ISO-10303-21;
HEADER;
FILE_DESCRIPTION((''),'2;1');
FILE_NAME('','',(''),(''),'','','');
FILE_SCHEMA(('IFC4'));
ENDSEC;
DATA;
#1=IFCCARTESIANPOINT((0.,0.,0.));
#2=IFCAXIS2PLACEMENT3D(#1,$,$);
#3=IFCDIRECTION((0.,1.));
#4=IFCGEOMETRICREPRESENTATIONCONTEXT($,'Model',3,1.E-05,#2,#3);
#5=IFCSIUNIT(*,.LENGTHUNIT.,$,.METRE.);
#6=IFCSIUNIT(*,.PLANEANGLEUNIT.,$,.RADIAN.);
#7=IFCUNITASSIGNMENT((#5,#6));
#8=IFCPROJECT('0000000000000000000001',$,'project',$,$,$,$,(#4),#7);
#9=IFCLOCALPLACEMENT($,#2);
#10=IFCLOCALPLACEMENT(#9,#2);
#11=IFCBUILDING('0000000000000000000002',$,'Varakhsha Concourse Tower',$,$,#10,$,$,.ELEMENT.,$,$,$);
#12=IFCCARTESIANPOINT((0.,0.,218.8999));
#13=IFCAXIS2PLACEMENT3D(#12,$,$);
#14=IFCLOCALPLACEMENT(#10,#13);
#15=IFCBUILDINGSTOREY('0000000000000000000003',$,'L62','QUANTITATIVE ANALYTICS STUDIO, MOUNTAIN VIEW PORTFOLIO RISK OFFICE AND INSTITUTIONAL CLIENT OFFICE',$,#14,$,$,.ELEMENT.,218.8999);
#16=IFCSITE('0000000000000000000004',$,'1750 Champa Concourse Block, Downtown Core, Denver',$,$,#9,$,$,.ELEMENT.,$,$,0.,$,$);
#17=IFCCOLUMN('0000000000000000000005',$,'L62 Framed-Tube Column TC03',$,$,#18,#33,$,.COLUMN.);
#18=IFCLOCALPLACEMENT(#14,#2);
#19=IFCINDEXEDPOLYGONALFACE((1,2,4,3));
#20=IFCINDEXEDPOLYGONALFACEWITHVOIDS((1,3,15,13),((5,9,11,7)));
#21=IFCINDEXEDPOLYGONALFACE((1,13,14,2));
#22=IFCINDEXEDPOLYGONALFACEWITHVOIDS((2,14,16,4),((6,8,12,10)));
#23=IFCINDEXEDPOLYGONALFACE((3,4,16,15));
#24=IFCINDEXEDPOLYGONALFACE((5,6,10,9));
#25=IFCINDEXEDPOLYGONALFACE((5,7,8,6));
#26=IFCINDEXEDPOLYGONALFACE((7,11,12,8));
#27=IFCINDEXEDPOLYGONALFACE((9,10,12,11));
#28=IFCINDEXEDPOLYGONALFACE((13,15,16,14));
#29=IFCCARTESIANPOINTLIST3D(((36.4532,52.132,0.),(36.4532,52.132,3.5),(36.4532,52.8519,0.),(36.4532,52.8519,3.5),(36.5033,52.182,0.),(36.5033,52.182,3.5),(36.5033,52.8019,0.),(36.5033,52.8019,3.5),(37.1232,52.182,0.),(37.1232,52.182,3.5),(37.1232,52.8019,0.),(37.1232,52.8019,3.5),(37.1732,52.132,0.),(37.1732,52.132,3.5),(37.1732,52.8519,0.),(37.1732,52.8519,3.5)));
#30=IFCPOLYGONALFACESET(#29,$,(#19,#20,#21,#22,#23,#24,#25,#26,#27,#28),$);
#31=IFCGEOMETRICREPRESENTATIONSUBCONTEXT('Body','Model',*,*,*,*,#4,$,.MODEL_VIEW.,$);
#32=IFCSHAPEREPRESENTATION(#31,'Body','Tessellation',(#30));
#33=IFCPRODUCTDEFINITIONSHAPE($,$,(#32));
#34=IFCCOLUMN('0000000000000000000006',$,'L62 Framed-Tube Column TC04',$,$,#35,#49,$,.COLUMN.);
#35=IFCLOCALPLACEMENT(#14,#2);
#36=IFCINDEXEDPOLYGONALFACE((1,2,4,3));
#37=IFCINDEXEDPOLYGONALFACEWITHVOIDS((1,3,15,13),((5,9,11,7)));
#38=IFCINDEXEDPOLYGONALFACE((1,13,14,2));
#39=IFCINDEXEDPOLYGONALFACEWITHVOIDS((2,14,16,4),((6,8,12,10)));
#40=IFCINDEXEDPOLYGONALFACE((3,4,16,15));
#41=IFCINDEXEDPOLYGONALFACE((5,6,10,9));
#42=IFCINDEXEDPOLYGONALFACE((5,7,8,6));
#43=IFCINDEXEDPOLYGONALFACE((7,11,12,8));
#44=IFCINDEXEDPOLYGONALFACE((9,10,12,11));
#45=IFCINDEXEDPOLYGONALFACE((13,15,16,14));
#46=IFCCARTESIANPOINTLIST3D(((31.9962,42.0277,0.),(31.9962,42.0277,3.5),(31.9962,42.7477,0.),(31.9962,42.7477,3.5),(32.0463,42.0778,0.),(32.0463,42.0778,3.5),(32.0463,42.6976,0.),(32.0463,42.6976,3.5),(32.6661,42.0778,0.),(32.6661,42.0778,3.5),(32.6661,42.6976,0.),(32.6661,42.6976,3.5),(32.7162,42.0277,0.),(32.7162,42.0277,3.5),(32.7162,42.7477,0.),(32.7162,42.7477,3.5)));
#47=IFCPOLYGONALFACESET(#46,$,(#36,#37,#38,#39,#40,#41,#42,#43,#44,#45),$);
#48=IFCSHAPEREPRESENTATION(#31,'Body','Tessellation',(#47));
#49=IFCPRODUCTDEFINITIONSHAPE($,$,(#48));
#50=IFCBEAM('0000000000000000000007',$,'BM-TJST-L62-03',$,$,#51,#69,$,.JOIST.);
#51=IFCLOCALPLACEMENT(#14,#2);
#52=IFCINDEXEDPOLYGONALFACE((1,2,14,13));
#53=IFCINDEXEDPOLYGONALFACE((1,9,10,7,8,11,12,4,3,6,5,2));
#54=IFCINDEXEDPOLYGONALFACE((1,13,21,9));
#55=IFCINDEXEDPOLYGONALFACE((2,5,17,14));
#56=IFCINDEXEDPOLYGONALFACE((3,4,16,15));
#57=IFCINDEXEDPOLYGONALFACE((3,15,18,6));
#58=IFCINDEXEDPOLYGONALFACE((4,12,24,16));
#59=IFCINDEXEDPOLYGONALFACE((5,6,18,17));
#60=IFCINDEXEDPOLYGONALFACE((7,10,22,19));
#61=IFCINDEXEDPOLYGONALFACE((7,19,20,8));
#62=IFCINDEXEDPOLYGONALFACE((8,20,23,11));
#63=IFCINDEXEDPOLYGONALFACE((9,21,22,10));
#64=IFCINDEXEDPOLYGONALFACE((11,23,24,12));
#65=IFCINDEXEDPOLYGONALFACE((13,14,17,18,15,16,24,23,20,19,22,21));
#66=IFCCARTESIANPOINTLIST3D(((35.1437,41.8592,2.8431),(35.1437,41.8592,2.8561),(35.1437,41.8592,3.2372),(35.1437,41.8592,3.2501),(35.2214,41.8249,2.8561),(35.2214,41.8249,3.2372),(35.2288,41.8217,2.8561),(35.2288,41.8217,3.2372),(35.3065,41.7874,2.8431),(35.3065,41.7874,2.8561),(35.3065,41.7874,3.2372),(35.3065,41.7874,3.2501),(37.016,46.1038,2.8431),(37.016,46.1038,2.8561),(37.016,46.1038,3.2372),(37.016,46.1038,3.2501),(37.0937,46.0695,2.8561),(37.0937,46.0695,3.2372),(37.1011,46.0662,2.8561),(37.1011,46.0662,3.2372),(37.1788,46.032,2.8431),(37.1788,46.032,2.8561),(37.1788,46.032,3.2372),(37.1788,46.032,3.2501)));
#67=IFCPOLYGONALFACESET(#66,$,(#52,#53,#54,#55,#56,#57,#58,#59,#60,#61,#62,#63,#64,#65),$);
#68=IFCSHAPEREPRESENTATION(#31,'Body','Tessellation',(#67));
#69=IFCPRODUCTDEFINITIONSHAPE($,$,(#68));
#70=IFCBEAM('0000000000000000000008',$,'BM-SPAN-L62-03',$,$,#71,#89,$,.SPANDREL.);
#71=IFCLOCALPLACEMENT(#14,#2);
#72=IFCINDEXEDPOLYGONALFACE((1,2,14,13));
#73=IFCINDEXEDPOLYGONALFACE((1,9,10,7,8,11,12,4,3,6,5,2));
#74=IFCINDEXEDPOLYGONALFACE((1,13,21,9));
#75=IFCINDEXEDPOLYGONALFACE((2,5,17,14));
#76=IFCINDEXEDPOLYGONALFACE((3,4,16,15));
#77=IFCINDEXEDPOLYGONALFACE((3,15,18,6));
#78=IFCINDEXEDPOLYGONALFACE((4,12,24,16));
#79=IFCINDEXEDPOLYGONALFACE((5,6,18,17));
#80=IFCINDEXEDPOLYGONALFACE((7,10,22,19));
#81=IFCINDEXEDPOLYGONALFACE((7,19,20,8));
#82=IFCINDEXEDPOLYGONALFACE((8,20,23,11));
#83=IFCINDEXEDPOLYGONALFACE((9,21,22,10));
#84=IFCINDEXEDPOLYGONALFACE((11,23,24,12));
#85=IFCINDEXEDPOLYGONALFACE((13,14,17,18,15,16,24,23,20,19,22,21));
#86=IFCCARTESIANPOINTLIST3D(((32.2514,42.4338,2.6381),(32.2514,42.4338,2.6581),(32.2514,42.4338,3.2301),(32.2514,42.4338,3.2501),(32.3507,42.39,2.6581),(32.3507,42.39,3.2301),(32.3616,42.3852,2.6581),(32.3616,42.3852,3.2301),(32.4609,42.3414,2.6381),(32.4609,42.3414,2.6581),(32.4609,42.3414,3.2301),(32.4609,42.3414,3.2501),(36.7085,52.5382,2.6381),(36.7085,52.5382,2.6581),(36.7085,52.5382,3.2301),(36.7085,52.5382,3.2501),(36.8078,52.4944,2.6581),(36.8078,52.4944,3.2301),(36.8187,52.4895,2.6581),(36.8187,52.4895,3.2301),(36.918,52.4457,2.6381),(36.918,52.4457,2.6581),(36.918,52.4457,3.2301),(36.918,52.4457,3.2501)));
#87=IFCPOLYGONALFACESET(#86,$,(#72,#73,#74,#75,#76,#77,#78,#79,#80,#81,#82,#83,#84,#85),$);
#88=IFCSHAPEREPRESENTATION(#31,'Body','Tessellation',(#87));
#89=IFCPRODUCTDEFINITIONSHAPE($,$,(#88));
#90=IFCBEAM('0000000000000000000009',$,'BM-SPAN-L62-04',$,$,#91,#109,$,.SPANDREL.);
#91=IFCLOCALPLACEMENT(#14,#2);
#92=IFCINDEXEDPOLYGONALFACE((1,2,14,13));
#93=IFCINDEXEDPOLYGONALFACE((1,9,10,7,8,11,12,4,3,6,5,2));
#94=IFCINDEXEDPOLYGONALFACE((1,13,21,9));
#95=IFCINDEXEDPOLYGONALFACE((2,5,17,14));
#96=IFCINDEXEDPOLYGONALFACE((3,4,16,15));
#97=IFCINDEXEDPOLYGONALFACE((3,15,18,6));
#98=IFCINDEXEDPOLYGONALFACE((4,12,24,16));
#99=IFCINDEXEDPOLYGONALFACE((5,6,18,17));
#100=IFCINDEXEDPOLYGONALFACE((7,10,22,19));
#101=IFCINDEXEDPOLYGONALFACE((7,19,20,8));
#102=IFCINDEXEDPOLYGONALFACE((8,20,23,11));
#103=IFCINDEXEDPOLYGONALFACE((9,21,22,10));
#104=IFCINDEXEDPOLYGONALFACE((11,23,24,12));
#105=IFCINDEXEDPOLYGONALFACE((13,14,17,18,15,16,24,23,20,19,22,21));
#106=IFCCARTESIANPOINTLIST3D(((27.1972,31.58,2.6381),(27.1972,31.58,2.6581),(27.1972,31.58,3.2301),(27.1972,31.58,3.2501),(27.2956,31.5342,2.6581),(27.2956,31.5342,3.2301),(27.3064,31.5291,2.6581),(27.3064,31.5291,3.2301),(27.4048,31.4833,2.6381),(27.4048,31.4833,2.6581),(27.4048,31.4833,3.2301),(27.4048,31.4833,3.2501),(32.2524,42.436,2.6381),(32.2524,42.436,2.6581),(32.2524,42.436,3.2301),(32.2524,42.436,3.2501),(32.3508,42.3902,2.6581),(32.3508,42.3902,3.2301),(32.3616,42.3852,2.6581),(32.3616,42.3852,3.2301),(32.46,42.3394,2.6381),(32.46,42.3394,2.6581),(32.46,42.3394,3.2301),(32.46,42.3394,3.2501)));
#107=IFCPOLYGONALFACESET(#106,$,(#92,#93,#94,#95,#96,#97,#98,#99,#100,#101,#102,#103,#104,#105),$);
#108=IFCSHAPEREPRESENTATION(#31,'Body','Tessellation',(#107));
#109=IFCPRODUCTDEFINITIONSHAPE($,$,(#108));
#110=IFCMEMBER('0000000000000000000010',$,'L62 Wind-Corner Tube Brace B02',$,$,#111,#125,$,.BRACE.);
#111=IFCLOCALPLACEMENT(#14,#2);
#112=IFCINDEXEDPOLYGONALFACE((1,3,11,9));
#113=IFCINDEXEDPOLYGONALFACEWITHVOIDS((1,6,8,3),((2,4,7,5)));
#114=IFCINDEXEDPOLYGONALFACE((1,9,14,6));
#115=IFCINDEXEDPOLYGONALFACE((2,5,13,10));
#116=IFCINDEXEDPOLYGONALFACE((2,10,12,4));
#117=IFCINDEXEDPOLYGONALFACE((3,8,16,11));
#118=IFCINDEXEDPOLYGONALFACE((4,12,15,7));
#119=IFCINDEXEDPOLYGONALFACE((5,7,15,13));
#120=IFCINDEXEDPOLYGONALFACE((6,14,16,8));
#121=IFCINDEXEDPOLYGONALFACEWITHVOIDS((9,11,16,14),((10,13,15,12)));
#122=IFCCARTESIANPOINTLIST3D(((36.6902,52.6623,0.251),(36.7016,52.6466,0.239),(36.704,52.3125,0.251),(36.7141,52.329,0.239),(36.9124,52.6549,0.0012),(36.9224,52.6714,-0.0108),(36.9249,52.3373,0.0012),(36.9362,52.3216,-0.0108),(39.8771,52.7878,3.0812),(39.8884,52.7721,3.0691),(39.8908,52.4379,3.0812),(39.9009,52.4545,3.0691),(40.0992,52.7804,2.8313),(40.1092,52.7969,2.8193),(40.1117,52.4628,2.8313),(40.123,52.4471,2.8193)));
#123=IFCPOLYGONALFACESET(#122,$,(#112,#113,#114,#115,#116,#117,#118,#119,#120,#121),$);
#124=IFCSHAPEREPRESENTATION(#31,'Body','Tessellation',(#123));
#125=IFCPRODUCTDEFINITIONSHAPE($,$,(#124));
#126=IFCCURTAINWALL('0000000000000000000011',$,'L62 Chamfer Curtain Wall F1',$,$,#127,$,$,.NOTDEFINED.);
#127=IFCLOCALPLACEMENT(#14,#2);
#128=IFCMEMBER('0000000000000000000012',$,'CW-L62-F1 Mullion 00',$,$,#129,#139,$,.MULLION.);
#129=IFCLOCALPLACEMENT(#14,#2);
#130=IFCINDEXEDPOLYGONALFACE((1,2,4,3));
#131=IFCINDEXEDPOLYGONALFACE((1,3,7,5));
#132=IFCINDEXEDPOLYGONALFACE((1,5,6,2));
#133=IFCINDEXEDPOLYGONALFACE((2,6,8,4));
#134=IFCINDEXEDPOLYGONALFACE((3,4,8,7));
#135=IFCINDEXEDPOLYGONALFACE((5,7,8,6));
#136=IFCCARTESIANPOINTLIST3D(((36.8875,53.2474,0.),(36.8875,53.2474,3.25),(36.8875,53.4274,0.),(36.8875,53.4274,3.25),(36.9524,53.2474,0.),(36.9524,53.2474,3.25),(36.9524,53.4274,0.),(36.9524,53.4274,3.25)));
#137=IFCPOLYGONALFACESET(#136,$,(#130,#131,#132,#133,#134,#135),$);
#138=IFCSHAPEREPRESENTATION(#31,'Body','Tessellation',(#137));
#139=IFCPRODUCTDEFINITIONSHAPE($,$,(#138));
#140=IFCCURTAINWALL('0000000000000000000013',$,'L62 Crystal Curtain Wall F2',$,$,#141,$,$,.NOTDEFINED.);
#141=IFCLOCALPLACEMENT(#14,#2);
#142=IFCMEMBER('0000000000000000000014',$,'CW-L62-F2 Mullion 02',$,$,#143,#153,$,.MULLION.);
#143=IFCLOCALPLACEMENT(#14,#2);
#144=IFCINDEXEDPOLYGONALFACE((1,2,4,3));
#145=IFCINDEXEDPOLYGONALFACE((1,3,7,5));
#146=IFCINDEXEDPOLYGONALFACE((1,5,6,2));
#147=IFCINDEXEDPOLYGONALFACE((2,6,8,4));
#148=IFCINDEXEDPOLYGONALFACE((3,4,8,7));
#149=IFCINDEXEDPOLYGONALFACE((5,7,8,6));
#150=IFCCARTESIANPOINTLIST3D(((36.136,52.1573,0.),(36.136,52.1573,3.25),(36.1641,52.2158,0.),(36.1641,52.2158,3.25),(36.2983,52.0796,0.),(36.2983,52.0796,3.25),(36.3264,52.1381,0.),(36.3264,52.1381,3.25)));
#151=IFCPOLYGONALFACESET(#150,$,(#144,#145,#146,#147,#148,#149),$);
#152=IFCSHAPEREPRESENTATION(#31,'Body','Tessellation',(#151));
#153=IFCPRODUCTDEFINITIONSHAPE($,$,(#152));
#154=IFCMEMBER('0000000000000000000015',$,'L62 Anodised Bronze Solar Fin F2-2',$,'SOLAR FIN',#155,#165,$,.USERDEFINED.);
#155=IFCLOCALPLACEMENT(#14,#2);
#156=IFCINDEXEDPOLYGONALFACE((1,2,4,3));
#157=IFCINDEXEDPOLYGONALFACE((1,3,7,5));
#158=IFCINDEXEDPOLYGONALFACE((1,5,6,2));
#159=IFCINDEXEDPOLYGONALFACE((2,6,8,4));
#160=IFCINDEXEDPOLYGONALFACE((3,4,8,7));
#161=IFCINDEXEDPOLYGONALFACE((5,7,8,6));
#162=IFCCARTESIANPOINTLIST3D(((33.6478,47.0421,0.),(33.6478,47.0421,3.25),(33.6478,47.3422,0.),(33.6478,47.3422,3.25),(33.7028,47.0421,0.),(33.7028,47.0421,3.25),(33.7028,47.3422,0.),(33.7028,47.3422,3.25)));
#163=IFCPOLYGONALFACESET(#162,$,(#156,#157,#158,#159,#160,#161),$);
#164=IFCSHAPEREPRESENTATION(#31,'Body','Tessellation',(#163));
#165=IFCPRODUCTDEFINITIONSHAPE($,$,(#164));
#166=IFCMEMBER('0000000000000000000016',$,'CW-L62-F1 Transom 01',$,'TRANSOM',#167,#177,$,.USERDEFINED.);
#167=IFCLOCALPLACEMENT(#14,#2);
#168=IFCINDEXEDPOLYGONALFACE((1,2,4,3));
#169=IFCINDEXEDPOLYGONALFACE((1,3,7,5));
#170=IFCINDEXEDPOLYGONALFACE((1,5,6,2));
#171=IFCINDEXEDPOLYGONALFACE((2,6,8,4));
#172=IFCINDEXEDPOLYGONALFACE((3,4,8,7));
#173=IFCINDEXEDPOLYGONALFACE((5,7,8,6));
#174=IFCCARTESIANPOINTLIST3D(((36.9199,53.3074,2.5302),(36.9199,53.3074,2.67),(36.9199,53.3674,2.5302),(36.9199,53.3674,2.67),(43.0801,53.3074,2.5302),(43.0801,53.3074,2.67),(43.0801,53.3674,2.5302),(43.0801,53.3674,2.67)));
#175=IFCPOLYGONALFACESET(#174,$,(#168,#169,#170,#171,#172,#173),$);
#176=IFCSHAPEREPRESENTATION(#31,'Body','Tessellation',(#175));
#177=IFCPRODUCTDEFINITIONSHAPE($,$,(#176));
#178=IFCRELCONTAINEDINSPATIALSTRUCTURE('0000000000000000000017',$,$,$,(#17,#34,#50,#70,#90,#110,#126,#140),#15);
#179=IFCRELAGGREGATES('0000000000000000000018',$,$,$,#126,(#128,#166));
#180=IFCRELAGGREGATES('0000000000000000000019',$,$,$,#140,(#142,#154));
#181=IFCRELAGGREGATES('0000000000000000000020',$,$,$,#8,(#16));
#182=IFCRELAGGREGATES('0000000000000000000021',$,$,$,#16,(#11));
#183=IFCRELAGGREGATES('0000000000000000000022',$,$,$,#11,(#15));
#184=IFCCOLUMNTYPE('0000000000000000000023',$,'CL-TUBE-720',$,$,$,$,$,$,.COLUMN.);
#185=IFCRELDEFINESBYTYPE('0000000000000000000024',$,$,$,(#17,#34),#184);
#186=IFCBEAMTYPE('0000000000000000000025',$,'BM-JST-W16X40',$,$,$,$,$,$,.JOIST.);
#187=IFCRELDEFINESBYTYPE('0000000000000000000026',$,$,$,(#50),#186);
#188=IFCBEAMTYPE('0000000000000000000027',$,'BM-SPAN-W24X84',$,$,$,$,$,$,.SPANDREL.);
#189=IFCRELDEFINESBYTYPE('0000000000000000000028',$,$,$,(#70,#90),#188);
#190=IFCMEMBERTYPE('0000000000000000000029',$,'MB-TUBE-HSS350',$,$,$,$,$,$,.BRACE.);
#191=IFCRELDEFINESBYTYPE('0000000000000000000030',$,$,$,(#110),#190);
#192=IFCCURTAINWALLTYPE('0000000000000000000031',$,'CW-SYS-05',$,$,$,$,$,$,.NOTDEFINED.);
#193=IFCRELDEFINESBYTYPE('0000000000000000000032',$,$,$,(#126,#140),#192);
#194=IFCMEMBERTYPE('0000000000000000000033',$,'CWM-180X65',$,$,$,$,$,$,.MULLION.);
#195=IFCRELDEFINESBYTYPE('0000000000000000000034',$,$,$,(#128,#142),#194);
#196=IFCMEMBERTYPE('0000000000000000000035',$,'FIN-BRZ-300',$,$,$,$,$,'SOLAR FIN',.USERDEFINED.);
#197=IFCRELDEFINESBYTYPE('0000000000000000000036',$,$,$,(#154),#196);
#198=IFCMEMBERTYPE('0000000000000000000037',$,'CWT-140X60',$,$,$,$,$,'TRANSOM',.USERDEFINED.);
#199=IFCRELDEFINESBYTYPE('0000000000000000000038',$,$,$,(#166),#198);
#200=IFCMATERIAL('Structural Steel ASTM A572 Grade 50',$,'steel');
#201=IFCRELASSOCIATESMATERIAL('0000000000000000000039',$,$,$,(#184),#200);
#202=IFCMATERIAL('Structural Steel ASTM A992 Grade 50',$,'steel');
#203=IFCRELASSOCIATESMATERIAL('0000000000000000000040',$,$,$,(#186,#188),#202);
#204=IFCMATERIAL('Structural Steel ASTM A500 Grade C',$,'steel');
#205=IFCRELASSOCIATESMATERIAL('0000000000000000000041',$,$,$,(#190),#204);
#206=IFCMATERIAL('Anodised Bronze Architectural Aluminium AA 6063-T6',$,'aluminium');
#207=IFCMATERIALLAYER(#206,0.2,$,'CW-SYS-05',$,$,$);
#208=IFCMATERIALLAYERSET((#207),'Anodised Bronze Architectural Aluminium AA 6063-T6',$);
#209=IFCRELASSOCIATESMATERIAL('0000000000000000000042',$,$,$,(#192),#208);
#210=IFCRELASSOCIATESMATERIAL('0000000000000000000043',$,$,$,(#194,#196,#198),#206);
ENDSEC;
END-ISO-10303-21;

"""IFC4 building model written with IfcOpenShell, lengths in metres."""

from ifc_helpers import new_model, si_unit, direction, frame, origin, origin_2d, place, context, subcontext, project, spatial, rectangle, hollow_rectangle, i_section, extrude, source, transform, mapped, material, layer, layer_set, material_profile, profile_set, type_object, type_shapes, element, aggregate, save


model = new_model("IFC4")

# Units and contexts
model_context = context("Model", 3, precision=1e-05, world=origin(), true_north=direction((0.0, 1.0)))
body_context = subcontext(model_context, "Body", "Model", "MODEL_VIEW")
ifc_project = project(units=[si_unit("LENGTHUNIT", "METRE"), si_unit("PLANEANGLEUNIT", "RADIAN")], contexts=[model_context])

# Site, building, storey
site_placement = place(None, origin())
site = spatial("IfcSite", under=ifc_project, at=site_placement, Name="1750 Champa Concourse Block, Downtown Core, Denver", CompositionType="ELEMENT", RefElevation=0.0)
building_placement = place(site_placement, origin())
building = spatial("IfcBuilding", under=site, at=building_placement, Name="Varakhsha Concourse Tower", CompositionType="ELEMENT")
storey_placement = place(building_placement, frame((0.0, 0.0, 218.8999)))
storey = spatial("IfcBuildingStorey", under=building, at=storey_placement, Name="L62", Description="QUANTITATIVE ANALYTICS STUDIO, MOUNTAIN VIEW PORTFOLIO RISK OFFICE AND INSTITUTIONAL CLIENT OFFICE", CompositionType="ELEMENT", Elevation=218.8999)

# Columns
ifc_material_1 = material(Name="Structural Steel ASTM A572 Grade 50", Category="steel")
ifc_material_profile_1 = material_profile(ifc_material_1, hollow_rectangle(XDim=0.72, YDim=0.72, WallThickness=0.05, at=origin_2d()), Name="BOX 720x720x50")
ifc_profile_set_1 = profile_set([ifc_material_profile_1], Name="Structural Steel ASTM A572 Grade 50")
column_type = type_object("IfcColumnType", Name="CL-TUBE-720", PredefinedType="COLUMN", material=ifc_profile_set_1)
for number, where, z_axis, x_axis, name in (
    (1, (36.8132, 52.4919, 0.0), (0.0, 0.0, 1.0), (1.0, 0.0, 0.0), "L62 Framed-Tube Column TC03"),
    (2, (32.3562, 42.3877, 0.0), (0.0, 0.0, 1.0), (1.0, 0.0, 0.0), "L62 Framed-Tube Column TC04"),
):
    element("IfcColumn", number, at=place(storey_placement, frame(where, z_axis=z_axis, x_axis=x_axis)), inside=storey, type_object=column_type, Name=name, PredefinedType="COLUMN", context=body_context, shape_type="SweptSolid", body=[
        extrude(hollow_rectangle(XDim=0.72, YDim=0.72, WallThickness=0.05, at=origin_2d()), origin(), (0.0, 0.0, 1.0), 3.5),
    ])

# Beams
ifc_material_2 = material(Name="Structural Steel ASTM A992 Grade 50", Category="steel")
ifc_material_profile_2 = material_profile(ifc_material_2, i_section(OverallWidth=0.178, OverallDepth=0.407, WebThickness=0.0081, FlangeThickness=0.0129, at=origin_2d()), Name="W16X40")
ifc_profile_set_2 = profile_set([ifc_material_profile_2], Name="Structural Steel ASTM A992 Grade 50")
beam_type_1 = type_object("IfcBeamType", Name="BM-JST-W16X40", PredefinedType="JOIST", material=ifc_profile_set_2)
beam_1_placement = place(storey_placement, frame((37.0974, 46.0679, 3.0466), z_axis=(-0.403583, -0.914943, 0.0), x_axis=(0.914943, -0.403583, 0.0)))
element("IfcBeam", 3, at=beam_1_placement, inside=storey, type_object=beam_type_1, Name="BM-TJST-L62-03", PredefinedType="JOIST", context=body_context, shape_type="SweptSolid", body=[
    extrude(i_section(OverallWidth=0.178, OverallDepth=0.407, WebThickness=0.0081, FlangeThickness=0.0129, at=origin_2d()), origin(), (0.0, 0.0, 1.0), 4.6392),
])
ifc_material_profile_3 = material_profile(ifc_material_2, i_section(OverallWidth=0.229, OverallDepth=0.6121, WebThickness=0.012, FlangeThickness=0.02, at=origin_2d()), Name="W24X84")
ifc_profile_set_3 = profile_set([ifc_material_profile_3], Name="Structural Steel ASTM A992 Grade 50")
beam_type_2 = type_object("IfcBeamType", Name="BM-SPAN-W24X84", PredefinedType="SPANDREL", material=ifc_profile_set_3)
beam_2_placement = place(storey_placement, frame((36.8132, 52.4919, 2.9441), z_axis=(-0.403585, -0.914942, 0.0), x_axis=(0.914942, -0.403585, 0.0)))
element("IfcBeam", 4, at=beam_2_placement, inside=storey, type_object=beam_type_2, Name="BM-SPAN-L62-03", PredefinedType="SPANDREL", context=body_context, shape_type="SweptSolid", body=[
    extrude(i_section(OverallWidth=0.229, OverallDepth=0.6121, WebThickness=0.012, FlangeThickness=0.02, at=origin_2d()), origin(), (0.0, 0.0, 1.0), 11.0437),
])
beam_3_placement = place(storey_placement, frame((32.3562, 42.3877, 2.9441), z_axis=(-0.422135, -0.906533, 0.0), x_axis=(0.906533, -0.422135, 0.0)))
element("IfcBeam", 5, at=beam_3_placement, inside=storey, type_object=beam_type_2, Name="BM-SPAN-L62-04", PredefinedType="SPANDREL", context=body_context, shape_type="SweptSolid", body=[
    extrude(i_section(OverallWidth=0.229, OverallDepth=0.6121, WebThickness=0.012, FlangeThickness=0.02, at=origin_2d()), origin(), (0.0, 0.0, 1.0), 11.9753),
])

# Member
ifc_material_3 = material(Name="Structural Steel ASTM A500 Grade C", Category="steel")
ifc_material_profile_4 = material_profile(ifc_material_3, hollow_rectangle(XDim=0.3501, YDim=0.3501, WallThickness=0.0161, at=origin_2d()), Name="HSS 350x350x16")
ifc_profile_set_4 = profile_set([ifc_material_profile_4], Name="Structural Steel ASTM A500 Grade C")
member_type_1 = type_object("IfcMemberType", Name="MB-TUBE-HSS350", PredefinedType="BRACE", material=ifc_profile_set_4)
shared_shape_1 = source(origin(), body_context, "Body", "SweptSolid", [
    extrude(hollow_rectangle(XDim=0.3501, YDim=0.3501, WallThickness=0.0161, at=origin_2d()), origin(), (0.0, 0.0, 1.0), 4.2639),
])
type_shapes(member_type_1, [shared_shape_1])
member_1_placement = place(storey_placement, frame((36.8132, 52.4919, 0.1201), z_axis=(0.747389, 0.029431, 0.663735), x_axis=(-0.039347, 0.999226, 0.0)))
element("IfcMember", 6, at=member_1_placement, inside=storey, type_object=member_type_1, Name="L62 Wind-Corner Tube Brace B02", PredefinedType="BRACE", context=body_context, shape_type="MappedRepresentation", body=[
    mapped(shared_shape_1, transform((0.0, 0.0, 0.0), scale=1.0)),
])

# Curtain wall, member
ifc_material_4 = material(Name="Anodised Bronze Architectural Aluminium AA 6063-T6", Category="aluminium")
ifc_layer_1 = layer(ifc_material_4, 0.2, Name="CW-SYS-05")
ifc_layer_set_1 = layer_set([ifc_layer_1], Name="Anodised Bronze Architectural Aluminium AA 6063-T6")
curtain_wall_type = type_object("IfcCurtainWallType", Name="CW-SYS-05", PredefinedType="NOTDEFINED", material=ifc_layer_set_1)
curtain_wall_1_placement = place(storey_placement, origin())
curtain_wall_1 = element("IfcCurtainWall", 7, at=curtain_wall_1_placement, inside=storey, type_object=curtain_wall_type, Name="L62 Chamfer Curtain Wall F1", PredefinedType="NOTDEFINED")
ifc_material_profile_5 = material_profile(ifc_material_4, rectangle(XDim=0.0649, YDim=0.1799, at=origin_2d()), Name="CWM-180X65")
ifc_profile_set_5 = profile_set([ifc_material_profile_5], Name="Anodised Bronze Architectural Aluminium AA 6063-T6")
member_type_2 = type_object("IfcMemberType", Name="CWM-180X65", PredefinedType="MULLION", material=ifc_profile_set_5)
shared_shape_2 = source(origin(), body_context, "Body", "SweptSolid", [
    extrude(rectangle(XDim=0.0649, YDim=0.1799, at=origin_2d()), origin(), (0.0, 0.0, 1.0), 3.25),
])
type_shapes(member_type_2, [shared_shape_2])
member_2_placement = place(storey_placement, frame((36.9199, 53.3374, 0.0), z_axis=(0.0, 0.0, 1.0), x_axis=(1.0, 0.0, 0.0)))
member_2 = element("IfcMember", 8, at=member_2_placement, type_object=member_type_2, Name="CW-L62-F1 Mullion 00", PredefinedType="MULLION", context=body_context, shape_type="MappedRepresentation", body=[
    mapped(shared_shape_2, transform((0.0, 0.0, 0.0), scale=1.0)),
])

# Curtain wall, members
curtain_wall_2_placement = place(storey_placement, origin())
curtain_wall_2 = element("IfcCurtainWall", 9, at=curtain_wall_2_placement, inside=storey, type_object=curtain_wall_type, Name="L62 Crystal Curtain Wall F2", PredefinedType="NOTDEFINED")
member_3_placement = place(storey_placement, frame((36.2312, 52.1477, 0.0), z_axis=(0.0, 0.0, 1.0), x_axis=(0.431862, 0.90194, 0.0)))
member_3 = element("IfcMember", 10, at=member_3_placement, type_object=member_type_2, Name="CW-L62-F2 Mullion 02", PredefinedType="MULLION", context=body_context, shape_type="MappedRepresentation", body=[
    mapped(shared_shape_2, transform((0.0, 0.0, 0.0), scale=1.0)),
])
ifc_material_profile_6 = material_profile(ifc_material_4, rectangle(XDim=0.0549, YDim=0.3, at=origin_2d()), Name="FIN-BRZ-300")
ifc_profile_set_6 = profile_set([ifc_material_profile_6], Name="Anodised Bronze Architectural Aluminium AA 6063-T6")
member_type_3 = type_object("IfcMemberType", Name="FIN-BRZ-300", ElementType="SOLAR FIN", PredefinedType="USERDEFINED", material=ifc_profile_set_6)
shared_shape_3 = source(origin(), body_context, "Body", "SweptSolid", [
    extrude(rectangle(XDim=0.0549, YDim=0.3, at=origin_2d()), origin(), (0.0, 0.0, 1.0), 3.25),
])
type_shapes(member_type_3, [shared_shape_3])
member_4_placement = place(storey_placement, frame((33.6753, 47.1921, 0.0), z_axis=(0.0, 0.0, 1.0), x_axis=(1.0, 0.0, 0.0)))
member_4 = element("IfcMember", 11, at=member_4_placement, type_object=member_type_3, Name="L62 Anodised Bronze Solar Fin F2-2", ObjectType="SOLAR FIN", PredefinedType="USERDEFINED", context=body_context, shape_type="MappedRepresentation", body=[
    mapped(shared_shape_3, transform((0.0, 0.0, 0.0), scale=1.0)),
])

# Member
ifc_material_profile_7 = material_profile(ifc_material_4, rectangle(XDim=0.0601, YDim=0.1399, at=origin_2d()), Name="CWT-140X60")
ifc_profile_set_7 = profile_set([ifc_material_profile_7], Name="Anodised Bronze Architectural Aluminium AA 6063-T6")
member_type_4 = type_object("IfcMemberType", Name="CWT-140X60", ElementType="TRANSOM", PredefinedType="USERDEFINED", material=ifc_profile_set_7)
shared_shape_4 = source(origin(), body_context, "Body", "SweptSolid", [
    extrude(rectangle(XDim=0.0601, YDim=0.1399, at=origin_2d()), origin(), (0.0, 0.0, 1.0), 6.1602),
])
type_shapes(member_type_4, [shared_shape_4])
member_5_placement = place(storey_placement, frame((36.9199, 53.3374, 2.6001), z_axis=(1.0, 0.0, 0.0), x_axis=(0.0, 1.0, 0.0)))
member_5 = element("IfcMember", 12, at=member_5_placement, type_object=member_type_4, Name="CW-L62-F1 Transom 01", ObjectType="TRANSOM", PredefinedType="USERDEFINED", context=body_context, shape_type="MappedRepresentation", body=[
    mapped(shared_shape_4, transform((0.0, 0.0, 0.0), scale=1.0)),
])
aggregate(curtain_wall_1, [member_2, member_5])

aggregate(curtain_wall_2, [member_3, member_4])

save(model, "model.ifc")
